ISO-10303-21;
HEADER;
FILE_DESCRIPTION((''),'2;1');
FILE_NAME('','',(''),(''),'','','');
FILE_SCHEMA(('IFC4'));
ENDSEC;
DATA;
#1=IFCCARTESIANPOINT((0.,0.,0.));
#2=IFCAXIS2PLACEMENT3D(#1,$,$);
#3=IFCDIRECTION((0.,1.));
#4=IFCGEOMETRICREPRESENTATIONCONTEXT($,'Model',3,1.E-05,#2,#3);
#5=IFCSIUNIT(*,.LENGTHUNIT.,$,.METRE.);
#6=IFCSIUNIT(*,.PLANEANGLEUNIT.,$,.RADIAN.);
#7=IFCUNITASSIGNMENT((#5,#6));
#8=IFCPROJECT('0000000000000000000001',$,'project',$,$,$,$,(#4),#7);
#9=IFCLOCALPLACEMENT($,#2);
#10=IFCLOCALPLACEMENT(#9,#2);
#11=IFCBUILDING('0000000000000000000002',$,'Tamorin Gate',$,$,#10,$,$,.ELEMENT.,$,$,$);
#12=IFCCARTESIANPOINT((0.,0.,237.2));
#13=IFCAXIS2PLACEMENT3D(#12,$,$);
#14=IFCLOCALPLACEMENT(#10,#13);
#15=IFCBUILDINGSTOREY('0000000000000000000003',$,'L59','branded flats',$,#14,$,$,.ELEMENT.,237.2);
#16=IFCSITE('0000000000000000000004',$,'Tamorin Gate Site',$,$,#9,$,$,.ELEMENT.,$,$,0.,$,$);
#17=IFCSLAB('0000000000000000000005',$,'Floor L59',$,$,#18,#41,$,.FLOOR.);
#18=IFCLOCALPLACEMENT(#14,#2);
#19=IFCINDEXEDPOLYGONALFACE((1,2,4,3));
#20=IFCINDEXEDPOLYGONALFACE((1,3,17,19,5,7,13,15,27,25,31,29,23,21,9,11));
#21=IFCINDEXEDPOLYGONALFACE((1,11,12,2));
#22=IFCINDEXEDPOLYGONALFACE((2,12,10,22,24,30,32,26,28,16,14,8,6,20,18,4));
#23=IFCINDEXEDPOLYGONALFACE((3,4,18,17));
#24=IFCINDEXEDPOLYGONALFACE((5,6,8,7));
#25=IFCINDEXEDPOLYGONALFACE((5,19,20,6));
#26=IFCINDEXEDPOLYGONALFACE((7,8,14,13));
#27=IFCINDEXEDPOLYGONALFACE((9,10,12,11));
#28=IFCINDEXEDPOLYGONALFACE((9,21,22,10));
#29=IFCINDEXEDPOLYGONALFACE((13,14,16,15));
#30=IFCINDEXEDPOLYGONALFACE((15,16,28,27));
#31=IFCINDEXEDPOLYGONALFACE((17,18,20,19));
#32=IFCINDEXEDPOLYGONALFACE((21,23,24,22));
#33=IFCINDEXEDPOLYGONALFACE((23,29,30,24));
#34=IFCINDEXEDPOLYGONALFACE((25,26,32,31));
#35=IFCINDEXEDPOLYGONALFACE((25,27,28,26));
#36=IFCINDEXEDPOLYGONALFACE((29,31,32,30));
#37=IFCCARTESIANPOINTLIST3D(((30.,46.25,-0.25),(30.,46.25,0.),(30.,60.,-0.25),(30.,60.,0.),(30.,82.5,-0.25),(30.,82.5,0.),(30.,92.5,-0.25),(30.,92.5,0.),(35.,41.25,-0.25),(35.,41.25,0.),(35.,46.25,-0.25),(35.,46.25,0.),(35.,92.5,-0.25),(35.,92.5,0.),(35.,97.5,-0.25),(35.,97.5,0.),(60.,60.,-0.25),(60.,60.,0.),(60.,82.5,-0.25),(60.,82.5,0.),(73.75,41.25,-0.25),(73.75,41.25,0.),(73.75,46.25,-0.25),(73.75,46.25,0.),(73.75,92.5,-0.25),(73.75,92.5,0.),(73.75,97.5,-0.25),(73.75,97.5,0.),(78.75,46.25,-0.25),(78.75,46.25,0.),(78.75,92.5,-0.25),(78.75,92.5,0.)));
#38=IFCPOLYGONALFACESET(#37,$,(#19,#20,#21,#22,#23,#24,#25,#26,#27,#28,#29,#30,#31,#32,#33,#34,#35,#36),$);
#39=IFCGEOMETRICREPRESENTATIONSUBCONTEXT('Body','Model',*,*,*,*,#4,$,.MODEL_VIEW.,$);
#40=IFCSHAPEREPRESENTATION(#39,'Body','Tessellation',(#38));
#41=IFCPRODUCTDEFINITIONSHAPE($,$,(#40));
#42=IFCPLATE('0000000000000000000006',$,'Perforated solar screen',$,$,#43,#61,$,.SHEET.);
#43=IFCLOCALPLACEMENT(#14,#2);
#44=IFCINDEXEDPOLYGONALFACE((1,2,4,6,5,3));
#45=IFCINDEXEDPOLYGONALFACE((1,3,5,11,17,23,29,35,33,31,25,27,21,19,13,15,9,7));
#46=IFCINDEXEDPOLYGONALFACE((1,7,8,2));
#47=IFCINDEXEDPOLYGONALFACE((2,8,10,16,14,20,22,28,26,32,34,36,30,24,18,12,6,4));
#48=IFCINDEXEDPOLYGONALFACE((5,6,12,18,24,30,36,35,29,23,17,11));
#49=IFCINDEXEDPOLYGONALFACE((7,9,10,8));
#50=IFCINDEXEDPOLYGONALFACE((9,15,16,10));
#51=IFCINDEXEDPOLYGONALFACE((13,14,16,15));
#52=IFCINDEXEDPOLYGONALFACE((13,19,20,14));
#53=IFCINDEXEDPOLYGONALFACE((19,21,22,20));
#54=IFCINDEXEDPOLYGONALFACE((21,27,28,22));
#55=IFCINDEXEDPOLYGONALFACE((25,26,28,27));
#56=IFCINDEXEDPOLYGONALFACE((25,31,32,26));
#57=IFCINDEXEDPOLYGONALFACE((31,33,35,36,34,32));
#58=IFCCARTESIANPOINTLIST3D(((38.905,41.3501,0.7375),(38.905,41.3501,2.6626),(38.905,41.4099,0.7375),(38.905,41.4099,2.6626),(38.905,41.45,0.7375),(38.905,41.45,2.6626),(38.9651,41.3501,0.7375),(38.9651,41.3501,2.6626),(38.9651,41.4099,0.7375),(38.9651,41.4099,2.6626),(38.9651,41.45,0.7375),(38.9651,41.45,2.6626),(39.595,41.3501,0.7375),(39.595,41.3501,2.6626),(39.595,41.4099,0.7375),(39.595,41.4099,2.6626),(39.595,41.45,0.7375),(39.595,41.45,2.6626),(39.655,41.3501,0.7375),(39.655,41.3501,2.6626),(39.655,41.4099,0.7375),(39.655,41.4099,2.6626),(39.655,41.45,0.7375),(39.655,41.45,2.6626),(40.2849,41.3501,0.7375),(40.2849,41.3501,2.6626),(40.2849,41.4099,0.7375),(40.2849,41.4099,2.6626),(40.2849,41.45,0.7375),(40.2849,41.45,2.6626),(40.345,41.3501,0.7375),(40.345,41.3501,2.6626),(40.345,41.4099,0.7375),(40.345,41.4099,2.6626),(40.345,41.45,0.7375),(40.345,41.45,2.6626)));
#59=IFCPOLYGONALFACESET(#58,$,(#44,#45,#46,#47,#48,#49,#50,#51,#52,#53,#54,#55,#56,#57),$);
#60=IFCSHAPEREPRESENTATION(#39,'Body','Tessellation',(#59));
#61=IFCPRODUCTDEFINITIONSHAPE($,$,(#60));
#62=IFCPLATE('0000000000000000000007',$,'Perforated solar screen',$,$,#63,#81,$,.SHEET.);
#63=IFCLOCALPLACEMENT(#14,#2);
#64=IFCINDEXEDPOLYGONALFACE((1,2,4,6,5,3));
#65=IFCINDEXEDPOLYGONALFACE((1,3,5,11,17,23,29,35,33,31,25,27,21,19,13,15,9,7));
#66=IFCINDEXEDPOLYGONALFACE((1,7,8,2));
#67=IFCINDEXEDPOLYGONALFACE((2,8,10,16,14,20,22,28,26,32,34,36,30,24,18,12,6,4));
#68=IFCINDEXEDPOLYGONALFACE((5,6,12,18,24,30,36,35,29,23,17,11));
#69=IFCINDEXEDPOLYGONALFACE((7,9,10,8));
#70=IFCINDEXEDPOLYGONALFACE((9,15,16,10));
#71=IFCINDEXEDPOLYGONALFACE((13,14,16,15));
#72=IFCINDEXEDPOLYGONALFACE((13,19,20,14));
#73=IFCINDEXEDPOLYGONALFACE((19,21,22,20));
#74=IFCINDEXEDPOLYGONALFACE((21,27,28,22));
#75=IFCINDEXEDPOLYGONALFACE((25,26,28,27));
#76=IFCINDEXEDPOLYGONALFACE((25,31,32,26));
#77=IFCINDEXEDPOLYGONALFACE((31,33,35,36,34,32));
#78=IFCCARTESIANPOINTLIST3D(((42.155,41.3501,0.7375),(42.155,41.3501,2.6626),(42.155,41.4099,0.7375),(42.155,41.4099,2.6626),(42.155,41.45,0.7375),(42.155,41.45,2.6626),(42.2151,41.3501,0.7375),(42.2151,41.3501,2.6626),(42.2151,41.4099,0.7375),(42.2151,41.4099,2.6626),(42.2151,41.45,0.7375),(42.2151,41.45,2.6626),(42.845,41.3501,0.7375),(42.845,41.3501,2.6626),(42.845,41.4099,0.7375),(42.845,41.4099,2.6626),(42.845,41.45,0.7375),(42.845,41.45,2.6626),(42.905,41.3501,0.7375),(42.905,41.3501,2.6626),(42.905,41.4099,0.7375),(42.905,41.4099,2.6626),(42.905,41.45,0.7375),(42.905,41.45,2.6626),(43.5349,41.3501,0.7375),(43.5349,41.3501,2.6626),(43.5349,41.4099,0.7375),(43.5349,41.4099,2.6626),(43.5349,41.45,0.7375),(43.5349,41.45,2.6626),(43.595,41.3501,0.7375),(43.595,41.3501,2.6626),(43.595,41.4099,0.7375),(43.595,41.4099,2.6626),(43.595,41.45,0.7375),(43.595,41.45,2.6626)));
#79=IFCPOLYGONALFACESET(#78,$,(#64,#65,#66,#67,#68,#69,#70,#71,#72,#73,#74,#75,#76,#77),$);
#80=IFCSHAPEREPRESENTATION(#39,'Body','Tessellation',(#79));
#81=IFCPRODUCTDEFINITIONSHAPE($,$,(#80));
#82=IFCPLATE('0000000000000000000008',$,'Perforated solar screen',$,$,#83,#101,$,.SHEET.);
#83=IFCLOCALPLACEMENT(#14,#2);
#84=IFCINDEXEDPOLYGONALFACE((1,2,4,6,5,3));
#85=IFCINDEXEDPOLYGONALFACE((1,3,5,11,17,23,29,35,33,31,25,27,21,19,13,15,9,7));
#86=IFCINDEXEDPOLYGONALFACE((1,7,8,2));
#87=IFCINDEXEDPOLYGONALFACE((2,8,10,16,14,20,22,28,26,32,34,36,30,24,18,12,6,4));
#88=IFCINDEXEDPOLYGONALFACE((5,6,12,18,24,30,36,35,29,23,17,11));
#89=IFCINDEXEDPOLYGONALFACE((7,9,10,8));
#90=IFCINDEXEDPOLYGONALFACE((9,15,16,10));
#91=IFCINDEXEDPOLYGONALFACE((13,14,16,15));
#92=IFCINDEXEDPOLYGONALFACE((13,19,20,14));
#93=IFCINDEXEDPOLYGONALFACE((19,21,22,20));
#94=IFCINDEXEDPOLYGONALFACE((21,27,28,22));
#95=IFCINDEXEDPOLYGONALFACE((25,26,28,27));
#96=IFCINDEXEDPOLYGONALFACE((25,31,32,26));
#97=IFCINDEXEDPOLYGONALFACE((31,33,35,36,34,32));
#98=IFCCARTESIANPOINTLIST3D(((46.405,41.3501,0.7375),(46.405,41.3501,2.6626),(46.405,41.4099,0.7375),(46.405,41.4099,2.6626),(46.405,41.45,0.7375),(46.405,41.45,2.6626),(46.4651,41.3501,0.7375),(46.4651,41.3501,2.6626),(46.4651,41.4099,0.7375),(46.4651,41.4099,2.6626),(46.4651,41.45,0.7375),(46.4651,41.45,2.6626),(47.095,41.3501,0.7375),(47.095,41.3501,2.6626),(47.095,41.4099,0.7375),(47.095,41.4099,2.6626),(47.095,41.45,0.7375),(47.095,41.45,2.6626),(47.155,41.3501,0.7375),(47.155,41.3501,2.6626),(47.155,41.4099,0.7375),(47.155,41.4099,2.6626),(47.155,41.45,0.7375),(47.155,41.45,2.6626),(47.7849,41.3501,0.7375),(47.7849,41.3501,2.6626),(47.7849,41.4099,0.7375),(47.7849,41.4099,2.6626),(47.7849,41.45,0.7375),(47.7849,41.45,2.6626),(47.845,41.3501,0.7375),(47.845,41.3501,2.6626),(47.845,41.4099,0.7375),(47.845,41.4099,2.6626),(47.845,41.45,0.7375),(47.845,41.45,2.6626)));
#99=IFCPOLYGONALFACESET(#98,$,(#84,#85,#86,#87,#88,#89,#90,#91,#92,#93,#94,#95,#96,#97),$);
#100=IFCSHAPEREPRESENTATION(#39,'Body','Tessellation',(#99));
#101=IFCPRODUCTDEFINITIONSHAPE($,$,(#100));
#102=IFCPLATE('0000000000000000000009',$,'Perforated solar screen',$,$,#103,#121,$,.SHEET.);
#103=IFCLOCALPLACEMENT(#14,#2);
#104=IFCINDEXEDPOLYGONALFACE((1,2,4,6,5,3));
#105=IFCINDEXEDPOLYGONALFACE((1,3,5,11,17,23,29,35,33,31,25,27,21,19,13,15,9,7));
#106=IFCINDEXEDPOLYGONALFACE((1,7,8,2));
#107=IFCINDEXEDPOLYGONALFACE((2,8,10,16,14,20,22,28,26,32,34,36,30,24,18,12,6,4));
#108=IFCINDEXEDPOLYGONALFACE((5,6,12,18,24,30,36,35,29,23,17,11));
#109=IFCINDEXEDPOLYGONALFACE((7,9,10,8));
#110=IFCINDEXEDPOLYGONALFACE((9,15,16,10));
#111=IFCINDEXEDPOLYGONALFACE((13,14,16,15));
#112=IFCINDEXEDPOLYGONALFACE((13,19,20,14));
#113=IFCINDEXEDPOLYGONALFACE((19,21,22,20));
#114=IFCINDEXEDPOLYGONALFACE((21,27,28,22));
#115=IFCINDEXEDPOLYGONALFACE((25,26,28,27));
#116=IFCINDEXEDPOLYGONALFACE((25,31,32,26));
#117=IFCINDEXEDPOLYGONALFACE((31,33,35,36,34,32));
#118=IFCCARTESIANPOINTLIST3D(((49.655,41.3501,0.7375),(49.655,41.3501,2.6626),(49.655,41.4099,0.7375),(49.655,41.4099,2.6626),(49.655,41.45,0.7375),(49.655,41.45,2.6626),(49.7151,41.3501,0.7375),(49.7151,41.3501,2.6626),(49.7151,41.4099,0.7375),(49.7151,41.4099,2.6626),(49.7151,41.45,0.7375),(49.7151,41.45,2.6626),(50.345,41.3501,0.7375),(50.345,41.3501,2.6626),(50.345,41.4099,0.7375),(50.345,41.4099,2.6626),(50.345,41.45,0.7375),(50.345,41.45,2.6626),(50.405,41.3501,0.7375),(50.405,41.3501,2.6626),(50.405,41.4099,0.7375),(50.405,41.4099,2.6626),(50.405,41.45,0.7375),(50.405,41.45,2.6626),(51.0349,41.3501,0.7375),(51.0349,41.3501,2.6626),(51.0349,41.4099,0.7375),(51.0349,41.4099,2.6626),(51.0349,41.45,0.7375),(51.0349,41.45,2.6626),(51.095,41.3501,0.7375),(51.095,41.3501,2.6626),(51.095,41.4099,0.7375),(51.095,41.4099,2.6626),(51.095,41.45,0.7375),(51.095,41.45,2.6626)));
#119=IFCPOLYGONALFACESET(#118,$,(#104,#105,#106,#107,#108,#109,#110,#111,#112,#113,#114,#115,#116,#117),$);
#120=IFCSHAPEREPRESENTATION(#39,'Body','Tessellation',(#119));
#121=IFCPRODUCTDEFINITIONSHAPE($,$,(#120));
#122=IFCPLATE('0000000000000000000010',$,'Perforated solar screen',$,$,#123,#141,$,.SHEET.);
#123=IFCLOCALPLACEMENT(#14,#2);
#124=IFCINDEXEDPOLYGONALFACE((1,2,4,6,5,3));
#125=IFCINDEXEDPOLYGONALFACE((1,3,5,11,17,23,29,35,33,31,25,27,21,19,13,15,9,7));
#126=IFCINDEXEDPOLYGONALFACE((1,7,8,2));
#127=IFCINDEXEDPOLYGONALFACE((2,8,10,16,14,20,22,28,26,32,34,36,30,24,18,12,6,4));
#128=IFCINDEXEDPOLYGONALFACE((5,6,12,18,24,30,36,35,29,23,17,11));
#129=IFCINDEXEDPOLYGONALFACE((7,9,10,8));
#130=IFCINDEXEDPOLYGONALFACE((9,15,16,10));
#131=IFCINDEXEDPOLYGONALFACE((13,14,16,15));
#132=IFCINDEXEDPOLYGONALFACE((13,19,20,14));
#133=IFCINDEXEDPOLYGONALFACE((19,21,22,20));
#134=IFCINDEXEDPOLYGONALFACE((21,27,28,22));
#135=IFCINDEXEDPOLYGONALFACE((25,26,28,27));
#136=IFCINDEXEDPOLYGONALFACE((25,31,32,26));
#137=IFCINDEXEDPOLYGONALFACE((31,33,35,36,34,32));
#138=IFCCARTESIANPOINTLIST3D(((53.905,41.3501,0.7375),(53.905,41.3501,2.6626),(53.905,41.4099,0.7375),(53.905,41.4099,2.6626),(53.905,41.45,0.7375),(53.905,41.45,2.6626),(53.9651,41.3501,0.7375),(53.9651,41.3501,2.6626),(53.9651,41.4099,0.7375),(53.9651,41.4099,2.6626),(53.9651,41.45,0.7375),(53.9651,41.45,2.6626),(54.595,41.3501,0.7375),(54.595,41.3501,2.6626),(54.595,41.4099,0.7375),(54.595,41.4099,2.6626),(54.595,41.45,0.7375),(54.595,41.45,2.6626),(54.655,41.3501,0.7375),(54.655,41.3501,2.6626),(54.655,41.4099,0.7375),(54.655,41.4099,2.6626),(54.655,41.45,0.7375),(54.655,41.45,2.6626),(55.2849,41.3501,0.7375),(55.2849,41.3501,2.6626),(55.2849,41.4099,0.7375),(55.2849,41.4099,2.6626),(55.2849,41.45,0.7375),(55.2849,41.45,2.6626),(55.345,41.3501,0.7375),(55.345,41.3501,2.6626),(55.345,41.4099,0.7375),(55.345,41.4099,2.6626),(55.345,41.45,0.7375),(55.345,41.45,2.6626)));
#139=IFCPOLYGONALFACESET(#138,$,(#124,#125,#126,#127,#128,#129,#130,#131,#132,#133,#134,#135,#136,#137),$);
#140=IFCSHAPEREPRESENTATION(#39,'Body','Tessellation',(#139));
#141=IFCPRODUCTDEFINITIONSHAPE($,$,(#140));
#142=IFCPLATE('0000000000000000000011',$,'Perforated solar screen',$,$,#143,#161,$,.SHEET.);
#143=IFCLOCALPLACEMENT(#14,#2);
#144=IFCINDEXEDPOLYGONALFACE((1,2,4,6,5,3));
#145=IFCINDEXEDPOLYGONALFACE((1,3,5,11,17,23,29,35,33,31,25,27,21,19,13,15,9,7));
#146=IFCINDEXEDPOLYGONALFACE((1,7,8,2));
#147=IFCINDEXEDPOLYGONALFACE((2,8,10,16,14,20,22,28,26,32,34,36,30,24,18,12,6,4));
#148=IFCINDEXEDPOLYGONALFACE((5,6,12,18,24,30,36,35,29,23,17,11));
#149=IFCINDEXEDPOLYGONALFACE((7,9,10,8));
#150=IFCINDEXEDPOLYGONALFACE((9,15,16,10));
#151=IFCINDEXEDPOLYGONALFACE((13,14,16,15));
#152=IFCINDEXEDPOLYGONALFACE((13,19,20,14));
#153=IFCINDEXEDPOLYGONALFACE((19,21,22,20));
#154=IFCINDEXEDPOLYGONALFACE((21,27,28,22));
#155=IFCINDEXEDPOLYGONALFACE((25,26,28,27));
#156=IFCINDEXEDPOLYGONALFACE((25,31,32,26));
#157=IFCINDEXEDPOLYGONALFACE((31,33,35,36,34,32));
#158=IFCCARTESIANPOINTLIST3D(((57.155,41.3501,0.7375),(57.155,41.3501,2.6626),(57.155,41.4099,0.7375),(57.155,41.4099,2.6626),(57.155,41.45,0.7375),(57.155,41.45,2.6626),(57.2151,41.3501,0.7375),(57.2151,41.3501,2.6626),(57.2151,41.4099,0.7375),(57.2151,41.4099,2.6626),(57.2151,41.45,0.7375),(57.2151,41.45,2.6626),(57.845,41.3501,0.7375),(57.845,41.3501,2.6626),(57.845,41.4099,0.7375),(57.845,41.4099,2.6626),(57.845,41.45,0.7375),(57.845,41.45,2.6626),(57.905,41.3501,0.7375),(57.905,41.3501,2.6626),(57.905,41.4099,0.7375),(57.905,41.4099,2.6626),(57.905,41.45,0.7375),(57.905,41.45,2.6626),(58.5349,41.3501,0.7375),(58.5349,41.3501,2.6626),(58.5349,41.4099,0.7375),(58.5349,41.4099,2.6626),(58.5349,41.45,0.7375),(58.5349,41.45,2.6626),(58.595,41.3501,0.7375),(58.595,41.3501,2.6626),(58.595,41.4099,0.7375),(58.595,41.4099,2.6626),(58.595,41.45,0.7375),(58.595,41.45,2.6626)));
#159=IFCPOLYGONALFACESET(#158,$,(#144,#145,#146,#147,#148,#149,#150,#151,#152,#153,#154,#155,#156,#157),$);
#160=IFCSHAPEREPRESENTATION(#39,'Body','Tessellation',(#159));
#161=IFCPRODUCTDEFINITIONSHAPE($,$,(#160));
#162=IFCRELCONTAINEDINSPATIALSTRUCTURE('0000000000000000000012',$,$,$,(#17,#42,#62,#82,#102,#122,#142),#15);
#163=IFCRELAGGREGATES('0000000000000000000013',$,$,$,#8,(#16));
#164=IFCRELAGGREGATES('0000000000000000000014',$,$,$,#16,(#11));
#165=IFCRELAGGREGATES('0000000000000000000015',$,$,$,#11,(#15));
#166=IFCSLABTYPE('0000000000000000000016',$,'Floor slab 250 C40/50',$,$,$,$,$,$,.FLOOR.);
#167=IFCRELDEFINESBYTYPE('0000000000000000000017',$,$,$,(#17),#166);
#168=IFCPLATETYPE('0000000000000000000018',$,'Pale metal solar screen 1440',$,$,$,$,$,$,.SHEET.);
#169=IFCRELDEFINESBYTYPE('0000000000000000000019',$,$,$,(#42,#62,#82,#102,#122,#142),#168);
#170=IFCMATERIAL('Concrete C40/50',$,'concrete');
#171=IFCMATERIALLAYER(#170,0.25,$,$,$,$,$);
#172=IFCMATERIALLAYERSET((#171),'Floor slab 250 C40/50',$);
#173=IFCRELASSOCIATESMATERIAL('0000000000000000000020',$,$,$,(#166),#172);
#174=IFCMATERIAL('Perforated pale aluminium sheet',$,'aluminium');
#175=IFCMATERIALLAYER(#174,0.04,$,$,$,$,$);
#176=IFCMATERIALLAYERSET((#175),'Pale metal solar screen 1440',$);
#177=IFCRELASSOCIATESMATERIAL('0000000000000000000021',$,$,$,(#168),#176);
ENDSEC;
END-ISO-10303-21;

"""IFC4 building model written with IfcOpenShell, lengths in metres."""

from ifc_helpers import new_model, si_unit, direction, frame, origin, place, context, subcontext, project, spatial, polyline, outline, extrude, material, layer, layer_set, type_object, element, save


model = new_model("IFC4")

# Units and contexts
model_context = context("Model", 3, precision=1e-05, world=origin(), true_north=direction((0.0, 1.0)))
body_context = subcontext(model_context, "Body", "Model", "MODEL_VIEW")
ifc_project = project(units=[si_unit("LENGTHUNIT", "METRE"), si_unit("PLANEANGLEUNIT", "RADIAN")], contexts=[model_context])

# Site, building, storey
site_placement = place(None, origin())
site = spatial("IfcSite", under=ifc_project, at=site_placement, Name="Tamorin Gate Site", CompositionType="ELEMENT", RefElevation=0.0)
building_placement = place(site_placement, origin())
building = spatial("IfcBuilding", under=site, at=building_placement, Name="Tamorin Gate", CompositionType="ELEMENT")
storey_placement = place(building_placement, frame((0.0, 0.0, 237.2)))
storey = spatial("IfcBuildingStorey", under=building, at=storey_placement, Name="L59", Description="branded flats", CompositionType="ELEMENT", Elevation=237.2)

# Slab
ifc_material_1 = material(Name="Concrete C40/50", Category="concrete")
ifc_layer_1 = layer(ifc_material_1, 0.25)
ifc_layer_set_1 = layer_set([ifc_layer_1], Name="Floor slab 250 C40/50")
slab_type = type_object("IfcSlabType", Name="Floor slab 250 C40/50", PredefinedType="FLOOR", material=ifc_layer_set_1)
slab_placement = place(storey_placement, frame((0.0, 0.0, -0.25)))
element("IfcSlab", 1, at=slab_placement, inside=storey, type_object=slab_type, Name="Floor L59", PredefinedType="FLOOR", context=body_context, shape_type="SweptSolid", body=[
    extrude(outline(polyline([(30.0, 92.5), (35.0, 92.5), (35.0, 97.5), (73.75, 97.5), (73.75, 92.5), (78.75, 92.5), (78.75, 46.25), (73.75, 46.25), (73.75, 41.25), (35.0, 41.25), (35.0, 46.25), (30.0, 46.25), (30.0, 60.0), (60.0, 60.0), (60.0, 82.5), (30.0, 82.5), (30.0, 92.5)])), origin(), (0.0, 0.0, 1.0), 0.25),
])

# Plates
ifc_material_2 = material(Name="Perforated pale aluminium sheet", Category="aluminium")
ifc_layer_2 = layer(ifc_material_2, 0.04)
ifc_layer_set_2 = layer_set([ifc_layer_2], Name="Pale metal solar screen 1440")
plate_type = type_object("IfcPlateType", Name="Pale metal solar screen 1440", PredefinedType="SHEET", material=ifc_layer_set_2)
plate_1_placement = place(storey_placement, frame((0.0, 0.0, 0.7375)))
element("IfcPlate", 2, at=plate_1_placement, inside=storey, type_object=plate_type, Name="Perforated solar screen", PredefinedType="SHEET", context=body_context, shape_type="SweptSolid", body=[
    extrude(outline(polyline([(38.905, 41.4099), (38.905, 41.45), (38.9651, 41.45), (39.595, 41.45), (39.655, 41.45), (40.2849, 41.45), (40.345, 41.45), (40.345, 41.45), (40.345, 41.4099), (40.345, 41.4099), (40.345, 41.3501), (40.2849, 41.3501), (40.2849, 41.4099), (39.655, 41.4099), (39.655, 41.3501), (39.595, 41.3501), (39.595, 41.4099), (38.9651, 41.4099), (38.9651, 41.3501), (38.905, 41.3501), (38.905, 41.4099)])), origin(), (0.0, 0.0, 1.0), 1.925),
])
plate_2_placement = place(storey_placement, frame((0.0, 0.0, 0.7375)))
element("IfcPlate", 3, at=plate_2_placement, inside=storey, type_object=plate_type, Name="Perforated solar screen", PredefinedType="SHEET", context=body_context, shape_type="SweptSolid", body=[
    extrude(outline(polyline([(42.155, 41.4099), (42.155, 41.45), (42.2151, 41.45), (42.845, 41.45), (42.905, 41.45), (43.5349, 41.45), (43.595, 41.45), (43.595, 41.4099), (43.595, 41.3501), (43.5349, 41.3501), (43.5349, 41.4099), (42.905, 41.4099), (42.905, 41.3501), (42.845, 41.3501), (42.845, 41.4099), (42.2151, 41.4099), (42.2151, 41.3501), (42.155, 41.3501), (42.155, 41.4099)])), origin(), (0.0, 0.0, 1.0), 1.925),
])
plate_3_placement = place(storey_placement, frame((0.0, 0.0, 0.7375)))
element("IfcPlate", 4, at=plate_3_placement, inside=storey, type_object=plate_type, Name="Perforated solar screen", PredefinedType="SHEET", context=body_context, shape_type="SweptSolid", body=[
    extrude(outline(polyline([(46.405, 41.4099), (46.405, 41.45), (46.4651, 41.45), (47.095, 41.45), (47.155, 41.45), (47.7849, 41.45), (47.845, 41.45), (47.845, 41.4099), (47.845, 41.3501), (47.7849, 41.3501), (47.7849, 41.4099), (47.155, 41.4099), (47.155, 41.3501), (47.095, 41.3501), (47.095, 41.4099), (46.4651, 41.4099), (46.4651, 41.3501), (46.405, 41.3501), (46.405, 41.4099)])), origin(), (0.0, 0.0, 1.0), 1.925),
])
plate_4_placement = place(storey_placement, frame((0.0, 0.0, 0.7375)))
element("IfcPlate", 5, at=plate_4_placement, inside=storey, type_object=plate_type, Name="Perforated solar screen", PredefinedType="SHEET", context=body_context, shape_type="SweptSolid", body=[
    extrude(outline(polyline([(49.655, 41.4099), (49.655, 41.45), (49.7151, 41.45), (50.345, 41.45), (50.405, 41.45), (51.0349, 41.45), (51.095, 41.45), (51.095, 41.4099), (51.095, 41.3501), (51.0349, 41.3501), (51.0349, 41.4099), (50.405, 41.4099), (50.405, 41.3501), (50.345, 41.3501), (50.345, 41.4099), (49.7151, 41.4099), (49.7151, 41.3501), (49.655, 41.3501), (49.655, 41.4099)])), origin(), (0.0, 0.0, 1.0), 1.925),
])
plate_5_placement = place(storey_placement, frame((0.0, 0.0, 0.7375)))
element("IfcPlate", 6, at=plate_5_placement, inside=storey, type_object=plate_type, Name="Perforated solar screen", PredefinedType="SHEET", context=body_context, shape_type="SweptSolid", body=[
    extrude(outline(polyline([(53.905, 41.4099), (53.905, 41.45), (53.9651, 41.45), (54.595, 41.45), (54.655, 41.45), (55.2849, 41.45), (55.345, 41.45), (55.345, 41.4099), (55.345, 41.3501), (55.2849, 41.3501), (55.2849, 41.4099), (54.655, 41.4099), (54.655, 41.3501), (54.595, 41.3501), (54.595, 41.4099), (53.9651, 41.4099), (53.9651, 41.3501), (53.905, 41.3501), (53.905, 41.4099)])), origin(), (0.0, 0.0, 1.0), 1.925),
])
plate_6_placement = place(storey_placement, frame((0.0, 0.0, 0.7375)))
element("IfcPlate", 7, at=plate_6_placement, inside=storey, type_object=plate_type, Name="Perforated solar screen", PredefinedType="SHEET", context=body_context, shape_type="SweptSolid", body=[
    extrude(outline(polyline([(57.155, 41.4099), (57.155, 41.45), (57.2151, 41.45), (57.845, 41.45), (57.905, 41.45), (58.5349, 41.45), (58.595, 41.45), (58.595, 41.4099), (58.595, 41.3501), (58.5349, 41.3501), (58.5349, 41.4099), (57.905, 41.4099), (57.905, 41.3501), (57.845, 41.3501), (57.845, 41.4099), (57.2151, 41.4099), (57.2151, 41.3501), (57.155, 41.3501), (57.155, 41.4099)])), origin(), (0.0, 0.0, 1.0), 1.925),
])

save(model, "model.ifc")
